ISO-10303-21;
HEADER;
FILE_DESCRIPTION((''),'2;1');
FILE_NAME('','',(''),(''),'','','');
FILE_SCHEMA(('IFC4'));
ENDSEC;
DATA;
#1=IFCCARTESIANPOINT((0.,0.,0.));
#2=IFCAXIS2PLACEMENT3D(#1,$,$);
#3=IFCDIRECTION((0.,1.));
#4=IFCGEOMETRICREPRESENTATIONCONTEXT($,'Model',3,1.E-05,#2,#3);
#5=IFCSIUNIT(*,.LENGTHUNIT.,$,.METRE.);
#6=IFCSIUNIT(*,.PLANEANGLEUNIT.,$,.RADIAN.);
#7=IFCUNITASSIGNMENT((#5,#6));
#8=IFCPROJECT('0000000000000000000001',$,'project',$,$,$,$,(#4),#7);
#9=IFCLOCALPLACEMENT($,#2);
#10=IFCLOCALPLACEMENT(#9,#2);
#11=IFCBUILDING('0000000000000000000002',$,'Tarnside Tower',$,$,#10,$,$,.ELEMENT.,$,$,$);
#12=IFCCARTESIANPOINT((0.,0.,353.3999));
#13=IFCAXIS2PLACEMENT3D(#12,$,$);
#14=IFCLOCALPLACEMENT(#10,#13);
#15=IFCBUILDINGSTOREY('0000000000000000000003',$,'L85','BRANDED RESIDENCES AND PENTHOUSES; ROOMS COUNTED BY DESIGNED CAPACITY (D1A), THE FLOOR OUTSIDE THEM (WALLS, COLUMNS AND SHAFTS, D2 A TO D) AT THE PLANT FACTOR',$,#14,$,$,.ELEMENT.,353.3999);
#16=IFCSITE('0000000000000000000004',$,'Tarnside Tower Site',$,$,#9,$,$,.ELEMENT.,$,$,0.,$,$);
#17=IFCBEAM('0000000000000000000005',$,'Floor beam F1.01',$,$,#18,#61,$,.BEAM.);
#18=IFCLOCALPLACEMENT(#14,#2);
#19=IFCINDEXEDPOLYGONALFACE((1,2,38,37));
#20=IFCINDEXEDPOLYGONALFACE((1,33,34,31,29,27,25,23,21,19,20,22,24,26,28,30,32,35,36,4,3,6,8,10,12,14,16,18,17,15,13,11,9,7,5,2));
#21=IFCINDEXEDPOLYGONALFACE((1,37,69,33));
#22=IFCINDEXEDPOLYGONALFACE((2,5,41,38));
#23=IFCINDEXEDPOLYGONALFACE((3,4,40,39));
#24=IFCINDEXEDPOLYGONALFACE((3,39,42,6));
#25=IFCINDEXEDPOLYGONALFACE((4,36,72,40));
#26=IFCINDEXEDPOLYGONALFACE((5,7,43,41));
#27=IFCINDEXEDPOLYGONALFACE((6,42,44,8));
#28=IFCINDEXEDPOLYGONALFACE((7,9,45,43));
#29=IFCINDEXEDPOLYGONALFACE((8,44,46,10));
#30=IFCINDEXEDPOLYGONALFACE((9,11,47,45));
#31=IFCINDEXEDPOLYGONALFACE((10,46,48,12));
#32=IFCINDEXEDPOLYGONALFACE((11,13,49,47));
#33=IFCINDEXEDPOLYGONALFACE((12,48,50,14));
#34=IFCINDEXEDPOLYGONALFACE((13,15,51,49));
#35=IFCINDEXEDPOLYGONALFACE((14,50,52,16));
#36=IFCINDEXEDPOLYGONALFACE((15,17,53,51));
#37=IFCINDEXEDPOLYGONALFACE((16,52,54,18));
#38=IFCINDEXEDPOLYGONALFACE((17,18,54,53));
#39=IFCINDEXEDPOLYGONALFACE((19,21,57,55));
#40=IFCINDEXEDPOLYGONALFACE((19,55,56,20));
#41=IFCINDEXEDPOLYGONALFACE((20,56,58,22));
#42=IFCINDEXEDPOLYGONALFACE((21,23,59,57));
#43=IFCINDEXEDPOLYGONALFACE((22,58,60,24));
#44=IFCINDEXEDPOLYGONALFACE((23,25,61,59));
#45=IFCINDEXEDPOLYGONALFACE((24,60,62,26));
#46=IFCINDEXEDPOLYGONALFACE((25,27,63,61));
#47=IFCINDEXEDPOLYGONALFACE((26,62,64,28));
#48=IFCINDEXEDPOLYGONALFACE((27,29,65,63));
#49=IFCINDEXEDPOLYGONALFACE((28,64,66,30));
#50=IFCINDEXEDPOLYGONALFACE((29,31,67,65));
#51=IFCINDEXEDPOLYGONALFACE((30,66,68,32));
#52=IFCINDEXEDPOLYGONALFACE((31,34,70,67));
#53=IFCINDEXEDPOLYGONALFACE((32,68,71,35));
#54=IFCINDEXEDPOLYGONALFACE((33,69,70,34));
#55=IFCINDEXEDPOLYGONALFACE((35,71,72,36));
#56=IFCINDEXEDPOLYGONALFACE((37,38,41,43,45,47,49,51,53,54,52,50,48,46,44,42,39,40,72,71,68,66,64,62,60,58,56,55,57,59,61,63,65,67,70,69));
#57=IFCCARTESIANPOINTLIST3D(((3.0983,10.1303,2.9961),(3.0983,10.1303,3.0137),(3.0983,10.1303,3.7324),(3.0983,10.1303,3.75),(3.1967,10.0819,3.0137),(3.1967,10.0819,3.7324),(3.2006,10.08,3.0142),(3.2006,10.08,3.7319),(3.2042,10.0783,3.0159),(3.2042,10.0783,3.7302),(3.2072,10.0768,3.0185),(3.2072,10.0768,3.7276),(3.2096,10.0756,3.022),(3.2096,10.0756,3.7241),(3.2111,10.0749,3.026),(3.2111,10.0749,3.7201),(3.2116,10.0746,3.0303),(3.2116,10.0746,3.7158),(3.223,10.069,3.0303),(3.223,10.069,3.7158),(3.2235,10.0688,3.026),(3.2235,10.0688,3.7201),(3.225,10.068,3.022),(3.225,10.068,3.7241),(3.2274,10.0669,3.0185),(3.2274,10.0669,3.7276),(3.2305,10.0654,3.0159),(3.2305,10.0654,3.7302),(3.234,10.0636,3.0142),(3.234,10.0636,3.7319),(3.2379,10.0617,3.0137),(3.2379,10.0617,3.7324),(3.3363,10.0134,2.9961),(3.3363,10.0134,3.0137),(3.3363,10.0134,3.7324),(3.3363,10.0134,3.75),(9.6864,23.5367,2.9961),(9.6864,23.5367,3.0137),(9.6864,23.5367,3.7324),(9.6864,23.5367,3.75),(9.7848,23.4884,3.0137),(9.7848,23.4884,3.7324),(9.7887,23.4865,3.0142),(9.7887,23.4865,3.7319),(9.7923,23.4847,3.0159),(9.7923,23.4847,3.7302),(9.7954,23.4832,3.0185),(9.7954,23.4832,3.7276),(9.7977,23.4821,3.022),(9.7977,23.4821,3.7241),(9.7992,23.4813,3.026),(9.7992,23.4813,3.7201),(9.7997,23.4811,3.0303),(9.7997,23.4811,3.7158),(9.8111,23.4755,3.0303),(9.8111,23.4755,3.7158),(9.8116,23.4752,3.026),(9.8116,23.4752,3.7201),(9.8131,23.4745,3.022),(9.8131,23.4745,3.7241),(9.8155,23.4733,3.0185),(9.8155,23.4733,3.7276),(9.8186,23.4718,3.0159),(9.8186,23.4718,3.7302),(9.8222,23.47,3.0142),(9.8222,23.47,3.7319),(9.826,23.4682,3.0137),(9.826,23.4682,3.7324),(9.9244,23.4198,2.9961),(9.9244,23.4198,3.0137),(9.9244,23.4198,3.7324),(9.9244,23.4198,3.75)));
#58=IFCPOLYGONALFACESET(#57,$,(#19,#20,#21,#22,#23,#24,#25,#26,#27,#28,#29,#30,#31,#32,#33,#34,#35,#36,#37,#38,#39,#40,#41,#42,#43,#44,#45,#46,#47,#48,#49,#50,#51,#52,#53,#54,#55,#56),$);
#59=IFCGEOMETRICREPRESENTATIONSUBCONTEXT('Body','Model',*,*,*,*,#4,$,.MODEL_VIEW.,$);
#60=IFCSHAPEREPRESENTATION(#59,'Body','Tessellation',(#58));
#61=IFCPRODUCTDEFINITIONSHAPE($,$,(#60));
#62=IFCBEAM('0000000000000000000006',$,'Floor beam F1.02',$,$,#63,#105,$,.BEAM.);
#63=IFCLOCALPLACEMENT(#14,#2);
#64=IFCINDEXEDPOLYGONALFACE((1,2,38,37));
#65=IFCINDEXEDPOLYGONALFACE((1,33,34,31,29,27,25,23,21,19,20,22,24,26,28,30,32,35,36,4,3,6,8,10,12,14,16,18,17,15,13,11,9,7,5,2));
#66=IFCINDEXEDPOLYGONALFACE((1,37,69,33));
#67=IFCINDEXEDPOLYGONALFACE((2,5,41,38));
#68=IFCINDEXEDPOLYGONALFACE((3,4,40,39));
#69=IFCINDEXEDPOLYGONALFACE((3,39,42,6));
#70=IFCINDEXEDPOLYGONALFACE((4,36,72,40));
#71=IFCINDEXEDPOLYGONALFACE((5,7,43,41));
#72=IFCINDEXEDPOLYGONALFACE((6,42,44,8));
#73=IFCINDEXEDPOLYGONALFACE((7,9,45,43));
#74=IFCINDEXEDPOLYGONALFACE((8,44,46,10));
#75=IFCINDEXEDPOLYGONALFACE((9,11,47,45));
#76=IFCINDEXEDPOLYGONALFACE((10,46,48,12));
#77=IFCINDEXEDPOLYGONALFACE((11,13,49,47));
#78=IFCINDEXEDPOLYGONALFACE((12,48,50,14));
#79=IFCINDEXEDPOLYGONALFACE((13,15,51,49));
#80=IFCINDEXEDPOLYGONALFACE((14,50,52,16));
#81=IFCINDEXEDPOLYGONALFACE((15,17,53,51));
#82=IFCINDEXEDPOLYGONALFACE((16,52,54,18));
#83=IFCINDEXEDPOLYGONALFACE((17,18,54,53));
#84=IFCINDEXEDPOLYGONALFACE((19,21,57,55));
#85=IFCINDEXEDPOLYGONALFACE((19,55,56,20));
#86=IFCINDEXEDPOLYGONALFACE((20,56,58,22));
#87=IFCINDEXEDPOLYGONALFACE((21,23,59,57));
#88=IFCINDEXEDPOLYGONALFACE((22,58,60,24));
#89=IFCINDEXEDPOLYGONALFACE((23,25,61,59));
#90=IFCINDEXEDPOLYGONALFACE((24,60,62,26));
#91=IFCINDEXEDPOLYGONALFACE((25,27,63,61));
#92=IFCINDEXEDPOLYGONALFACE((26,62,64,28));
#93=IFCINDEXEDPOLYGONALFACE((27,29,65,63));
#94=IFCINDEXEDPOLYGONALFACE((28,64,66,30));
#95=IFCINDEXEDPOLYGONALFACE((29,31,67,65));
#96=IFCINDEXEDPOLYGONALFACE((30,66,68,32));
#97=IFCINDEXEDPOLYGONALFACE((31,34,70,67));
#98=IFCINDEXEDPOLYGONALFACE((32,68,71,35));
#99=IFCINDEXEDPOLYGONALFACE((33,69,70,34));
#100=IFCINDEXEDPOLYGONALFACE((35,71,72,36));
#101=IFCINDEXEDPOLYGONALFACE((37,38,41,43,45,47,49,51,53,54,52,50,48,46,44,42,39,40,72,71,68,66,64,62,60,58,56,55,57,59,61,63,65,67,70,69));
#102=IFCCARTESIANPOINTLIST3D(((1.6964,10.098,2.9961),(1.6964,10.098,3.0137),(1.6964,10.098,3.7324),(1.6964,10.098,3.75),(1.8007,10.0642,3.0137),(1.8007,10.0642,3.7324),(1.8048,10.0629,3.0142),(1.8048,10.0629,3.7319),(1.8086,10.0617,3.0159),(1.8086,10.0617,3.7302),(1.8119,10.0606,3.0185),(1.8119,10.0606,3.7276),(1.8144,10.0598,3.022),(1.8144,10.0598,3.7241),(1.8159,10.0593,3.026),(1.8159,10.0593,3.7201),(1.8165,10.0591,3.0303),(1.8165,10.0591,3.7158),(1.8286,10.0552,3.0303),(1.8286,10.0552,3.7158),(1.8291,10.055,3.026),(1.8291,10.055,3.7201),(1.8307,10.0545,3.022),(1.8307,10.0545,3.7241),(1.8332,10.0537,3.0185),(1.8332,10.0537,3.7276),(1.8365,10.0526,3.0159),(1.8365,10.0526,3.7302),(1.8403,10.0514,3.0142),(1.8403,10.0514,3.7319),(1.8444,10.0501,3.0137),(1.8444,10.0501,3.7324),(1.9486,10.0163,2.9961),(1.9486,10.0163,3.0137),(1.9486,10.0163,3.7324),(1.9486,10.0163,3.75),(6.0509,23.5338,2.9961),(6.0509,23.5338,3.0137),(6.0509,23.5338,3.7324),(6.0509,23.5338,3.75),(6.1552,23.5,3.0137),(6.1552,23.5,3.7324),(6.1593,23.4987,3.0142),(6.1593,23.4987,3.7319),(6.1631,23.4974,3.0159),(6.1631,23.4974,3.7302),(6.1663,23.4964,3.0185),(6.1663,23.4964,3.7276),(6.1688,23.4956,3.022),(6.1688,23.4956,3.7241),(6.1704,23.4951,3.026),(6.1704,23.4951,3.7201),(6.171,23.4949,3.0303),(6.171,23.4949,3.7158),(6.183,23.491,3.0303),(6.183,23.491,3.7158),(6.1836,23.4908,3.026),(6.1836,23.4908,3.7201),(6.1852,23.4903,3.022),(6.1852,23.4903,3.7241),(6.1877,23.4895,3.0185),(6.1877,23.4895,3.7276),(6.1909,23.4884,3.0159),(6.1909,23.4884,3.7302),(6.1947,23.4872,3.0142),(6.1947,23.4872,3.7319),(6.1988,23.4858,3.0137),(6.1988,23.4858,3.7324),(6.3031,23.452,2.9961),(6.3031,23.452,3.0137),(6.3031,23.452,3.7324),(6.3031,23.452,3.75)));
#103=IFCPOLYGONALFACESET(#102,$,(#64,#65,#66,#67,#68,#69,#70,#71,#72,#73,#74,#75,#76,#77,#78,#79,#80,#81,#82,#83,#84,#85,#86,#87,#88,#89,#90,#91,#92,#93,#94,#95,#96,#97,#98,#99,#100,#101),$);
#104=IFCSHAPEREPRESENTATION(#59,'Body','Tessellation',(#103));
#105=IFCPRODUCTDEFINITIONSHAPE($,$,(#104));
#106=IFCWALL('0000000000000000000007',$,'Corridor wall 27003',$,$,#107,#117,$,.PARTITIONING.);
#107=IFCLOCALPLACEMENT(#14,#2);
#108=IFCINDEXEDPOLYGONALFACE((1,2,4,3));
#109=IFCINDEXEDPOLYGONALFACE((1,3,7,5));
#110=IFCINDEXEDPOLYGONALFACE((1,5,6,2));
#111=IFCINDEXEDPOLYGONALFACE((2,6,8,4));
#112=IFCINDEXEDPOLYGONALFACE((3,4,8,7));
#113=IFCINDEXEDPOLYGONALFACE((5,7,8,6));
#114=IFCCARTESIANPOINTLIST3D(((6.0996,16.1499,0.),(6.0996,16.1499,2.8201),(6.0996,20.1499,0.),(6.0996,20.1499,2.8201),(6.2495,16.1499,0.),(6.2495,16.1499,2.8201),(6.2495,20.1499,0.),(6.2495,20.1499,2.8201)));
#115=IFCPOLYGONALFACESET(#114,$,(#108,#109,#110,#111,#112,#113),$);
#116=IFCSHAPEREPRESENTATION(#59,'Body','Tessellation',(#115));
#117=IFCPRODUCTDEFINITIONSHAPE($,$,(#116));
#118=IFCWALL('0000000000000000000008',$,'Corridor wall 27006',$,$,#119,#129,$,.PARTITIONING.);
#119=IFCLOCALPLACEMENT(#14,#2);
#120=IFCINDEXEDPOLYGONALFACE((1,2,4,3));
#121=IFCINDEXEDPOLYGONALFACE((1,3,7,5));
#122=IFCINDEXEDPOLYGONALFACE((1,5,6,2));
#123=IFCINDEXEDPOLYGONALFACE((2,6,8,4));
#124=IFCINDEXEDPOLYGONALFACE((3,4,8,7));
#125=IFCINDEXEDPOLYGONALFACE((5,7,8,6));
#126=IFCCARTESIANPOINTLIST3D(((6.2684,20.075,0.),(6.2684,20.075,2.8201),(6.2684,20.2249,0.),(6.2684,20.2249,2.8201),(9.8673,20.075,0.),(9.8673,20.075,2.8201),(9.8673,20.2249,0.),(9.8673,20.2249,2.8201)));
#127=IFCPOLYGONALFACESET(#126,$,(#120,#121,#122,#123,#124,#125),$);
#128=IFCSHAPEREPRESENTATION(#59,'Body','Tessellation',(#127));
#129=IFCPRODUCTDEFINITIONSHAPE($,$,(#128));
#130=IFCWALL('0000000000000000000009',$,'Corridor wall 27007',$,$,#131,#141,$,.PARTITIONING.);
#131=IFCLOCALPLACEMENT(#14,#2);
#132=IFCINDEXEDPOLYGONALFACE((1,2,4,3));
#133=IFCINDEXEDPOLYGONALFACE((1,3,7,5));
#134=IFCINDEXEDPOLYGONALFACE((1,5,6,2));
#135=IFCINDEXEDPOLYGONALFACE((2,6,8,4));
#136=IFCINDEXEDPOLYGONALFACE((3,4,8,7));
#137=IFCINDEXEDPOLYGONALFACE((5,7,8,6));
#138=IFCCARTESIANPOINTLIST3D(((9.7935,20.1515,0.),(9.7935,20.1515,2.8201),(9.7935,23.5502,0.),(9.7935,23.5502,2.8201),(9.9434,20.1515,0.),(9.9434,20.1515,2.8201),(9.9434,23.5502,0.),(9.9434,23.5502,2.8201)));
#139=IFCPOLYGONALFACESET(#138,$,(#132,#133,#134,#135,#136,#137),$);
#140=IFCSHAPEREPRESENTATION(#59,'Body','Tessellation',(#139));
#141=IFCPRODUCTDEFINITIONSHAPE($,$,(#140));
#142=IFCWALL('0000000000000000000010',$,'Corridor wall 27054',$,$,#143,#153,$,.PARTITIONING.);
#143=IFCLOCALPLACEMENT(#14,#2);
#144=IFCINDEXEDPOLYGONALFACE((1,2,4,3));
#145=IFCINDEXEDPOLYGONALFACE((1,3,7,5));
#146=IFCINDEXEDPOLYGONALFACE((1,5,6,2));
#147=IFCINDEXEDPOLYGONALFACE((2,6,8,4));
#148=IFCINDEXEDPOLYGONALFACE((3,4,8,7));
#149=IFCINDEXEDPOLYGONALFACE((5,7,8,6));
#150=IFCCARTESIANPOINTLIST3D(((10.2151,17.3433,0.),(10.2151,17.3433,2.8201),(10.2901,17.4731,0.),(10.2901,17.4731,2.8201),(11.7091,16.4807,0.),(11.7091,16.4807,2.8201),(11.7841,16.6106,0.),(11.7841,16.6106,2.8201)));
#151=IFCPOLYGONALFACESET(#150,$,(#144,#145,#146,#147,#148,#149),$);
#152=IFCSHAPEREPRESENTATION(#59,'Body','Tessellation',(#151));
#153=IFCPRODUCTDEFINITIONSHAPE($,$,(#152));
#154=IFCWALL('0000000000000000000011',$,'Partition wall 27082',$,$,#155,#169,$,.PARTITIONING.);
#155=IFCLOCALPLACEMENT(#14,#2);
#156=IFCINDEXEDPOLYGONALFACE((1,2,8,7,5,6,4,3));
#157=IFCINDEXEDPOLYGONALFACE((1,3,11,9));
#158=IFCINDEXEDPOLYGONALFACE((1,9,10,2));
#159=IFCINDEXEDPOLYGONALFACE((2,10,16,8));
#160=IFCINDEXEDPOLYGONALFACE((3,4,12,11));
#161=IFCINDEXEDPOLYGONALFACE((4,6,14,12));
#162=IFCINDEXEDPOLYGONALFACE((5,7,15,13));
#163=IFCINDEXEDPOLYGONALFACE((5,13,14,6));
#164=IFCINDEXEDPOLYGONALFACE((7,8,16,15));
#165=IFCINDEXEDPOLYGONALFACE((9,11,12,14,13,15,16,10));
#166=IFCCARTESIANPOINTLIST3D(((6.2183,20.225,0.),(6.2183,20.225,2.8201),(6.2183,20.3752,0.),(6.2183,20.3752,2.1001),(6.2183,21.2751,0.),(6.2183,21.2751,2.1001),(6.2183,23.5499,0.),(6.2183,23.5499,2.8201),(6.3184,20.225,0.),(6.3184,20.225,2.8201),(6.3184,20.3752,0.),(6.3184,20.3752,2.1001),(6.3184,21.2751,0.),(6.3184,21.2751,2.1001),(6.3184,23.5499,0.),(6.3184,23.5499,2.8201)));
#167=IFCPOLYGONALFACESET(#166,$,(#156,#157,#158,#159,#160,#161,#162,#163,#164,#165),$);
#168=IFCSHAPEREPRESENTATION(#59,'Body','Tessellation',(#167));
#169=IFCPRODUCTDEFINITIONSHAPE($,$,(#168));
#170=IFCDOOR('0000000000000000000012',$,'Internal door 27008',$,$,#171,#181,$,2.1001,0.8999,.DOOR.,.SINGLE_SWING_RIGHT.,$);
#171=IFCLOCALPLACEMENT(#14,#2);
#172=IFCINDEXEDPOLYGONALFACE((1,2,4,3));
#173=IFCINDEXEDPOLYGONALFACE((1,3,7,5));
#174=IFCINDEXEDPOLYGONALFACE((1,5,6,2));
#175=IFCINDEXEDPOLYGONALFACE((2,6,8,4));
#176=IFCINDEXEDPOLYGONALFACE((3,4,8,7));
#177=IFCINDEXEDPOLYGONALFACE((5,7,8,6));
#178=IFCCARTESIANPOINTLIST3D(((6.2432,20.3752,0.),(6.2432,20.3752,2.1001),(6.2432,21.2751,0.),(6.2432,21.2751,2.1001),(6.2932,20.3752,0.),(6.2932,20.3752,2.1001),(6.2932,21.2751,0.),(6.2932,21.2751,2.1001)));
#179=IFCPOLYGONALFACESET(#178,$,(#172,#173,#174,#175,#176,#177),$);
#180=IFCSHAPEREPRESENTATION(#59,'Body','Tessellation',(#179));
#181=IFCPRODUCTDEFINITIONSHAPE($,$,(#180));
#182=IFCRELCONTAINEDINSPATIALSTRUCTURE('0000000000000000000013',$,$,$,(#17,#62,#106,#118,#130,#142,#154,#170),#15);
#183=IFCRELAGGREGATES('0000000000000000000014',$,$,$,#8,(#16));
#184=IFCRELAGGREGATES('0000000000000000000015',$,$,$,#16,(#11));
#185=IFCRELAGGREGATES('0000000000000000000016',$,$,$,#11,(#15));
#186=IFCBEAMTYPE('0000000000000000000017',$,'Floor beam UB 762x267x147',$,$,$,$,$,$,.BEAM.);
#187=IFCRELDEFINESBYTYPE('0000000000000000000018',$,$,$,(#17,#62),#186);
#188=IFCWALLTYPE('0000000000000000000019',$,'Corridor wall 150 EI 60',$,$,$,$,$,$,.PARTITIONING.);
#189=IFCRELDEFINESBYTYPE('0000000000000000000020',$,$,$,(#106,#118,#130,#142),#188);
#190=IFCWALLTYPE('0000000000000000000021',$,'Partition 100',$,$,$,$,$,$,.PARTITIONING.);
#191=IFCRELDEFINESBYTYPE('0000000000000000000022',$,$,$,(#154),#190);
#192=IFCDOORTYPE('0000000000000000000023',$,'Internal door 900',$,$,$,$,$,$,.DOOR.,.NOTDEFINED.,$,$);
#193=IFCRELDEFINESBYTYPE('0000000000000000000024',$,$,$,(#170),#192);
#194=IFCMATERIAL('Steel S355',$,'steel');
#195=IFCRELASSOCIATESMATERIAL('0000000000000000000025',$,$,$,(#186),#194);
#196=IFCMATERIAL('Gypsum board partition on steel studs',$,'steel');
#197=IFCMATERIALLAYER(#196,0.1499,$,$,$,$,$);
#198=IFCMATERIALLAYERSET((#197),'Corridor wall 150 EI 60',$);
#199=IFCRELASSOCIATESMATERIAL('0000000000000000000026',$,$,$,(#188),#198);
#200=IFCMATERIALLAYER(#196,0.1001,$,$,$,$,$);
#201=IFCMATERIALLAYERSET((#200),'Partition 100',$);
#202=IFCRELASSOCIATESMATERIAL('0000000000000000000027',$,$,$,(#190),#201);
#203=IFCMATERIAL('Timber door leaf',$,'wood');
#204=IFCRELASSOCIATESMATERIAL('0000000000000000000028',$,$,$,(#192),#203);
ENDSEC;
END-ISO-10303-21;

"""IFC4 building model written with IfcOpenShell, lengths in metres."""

from ifc_helpers import new_model, si_unit, direction, frame, frame_2d, origin, origin_2d, place, context, subcontext, project, spatial, rectangle, i_section, extrude, material, layer, layer_set, material_profile, profile_set, type_object, element, fill, save


model = new_model("IFC4")

# Units and contexts
model_context = context("Model", 3, precision=1e-05, world=origin(), true_north=direction((0.0, 1.0)))
body_context = subcontext(model_context, "Body", "Model", "MODEL_VIEW")
ifc_project = project(units=[si_unit("LENGTHUNIT", "METRE"), si_unit("PLANEANGLEUNIT", "RADIAN")], contexts=[model_context])

# Site, building, storey
site_placement = place(None, origin())
site = spatial("IfcSite", under=ifc_project, at=site_placement, Name="Tarnside Tower Site", CompositionType="ELEMENT", RefElevation=0.0)
building_placement = place(site_placement, origin())
building = spatial("IfcBuilding", under=site, at=building_placement, Name="Tarnside Tower", CompositionType="ELEMENT")
storey_placement = place(building_placement, frame((0.0, 0.0, 353.3999)))
storey = spatial("IfcBuildingStorey", under=building, at=storey_placement, Name="L85", Description="BRANDED RESIDENCES AND PENTHOUSES; ROOMS COUNTED BY DESIGNED CAPACITY (D1A), THE FLOOR OUTSIDE THEM (WALLS, COLUMNS AND SHAFTS, D2 A TO D) AT THE PLANT FACTOR", CompositionType="ELEMENT", Elevation=353.3999)

# Beams
ifc_material_1 = material(Name="Steel S355", Category="steel")
ifc_material_profile = material_profile(ifc_material_1, i_section(OverallWidth=0.2651, OverallDepth=0.7539, WebThickness=0.0127, FlangeThickness=0.0176, FilletRadius=0.0166, at=origin_2d()), Name="UB 762x267x147")
ifc_profile_set = profile_set([ifc_material_profile], Name="Steel S355")
beam_type = type_object("IfcBeamType", Name="Floor beam UB 762x267x147", PredefinedType="BEAM", material=ifc_profile_set)
beam_1_placement = place(storey_placement, frame((9.8054, 23.4783, 3.373), z_axis=(-0.441038, -0.897488, 0.0), x_axis=(0.897488, -0.441038, 0.0)))
element("IfcBeam", 1, at=beam_1_placement, inside=storey, type_object=beam_type, Name="Floor beam F1.01", PredefinedType="BEAM", context=body_context, shape_type="SweptSolid", body=[
    extrude(i_section(OverallWidth=0.2651, OverallDepth=0.7539, WebThickness=0.0127, FlangeThickness=0.0176, FilletRadius=0.0166, at=origin_2d()), origin(), (0.0, 0.0, 1.0), 14.9377),
])
beam_2_placement = place(storey_placement, frame((6.177, 23.4929, 3.373), z_axis=(-0.308309, -0.951286, 0.0), x_axis=(0.951286, -0.308309, 0.0)))
element("IfcBeam", 2, at=beam_2_placement, inside=storey, type_object=beam_type, Name="Floor beam F1.02", PredefinedType="BEAM", context=body_context, shape_type="SweptSolid", body=[
    extrude(i_section(OverallWidth=0.2651, OverallDepth=0.7539, WebThickness=0.0127, FlangeThickness=0.0176, FilletRadius=0.0166, at=origin_2d()), origin(), (0.0, 0.0, 1.0), 14.1238),
])

# Walls
ifc_material_2 = material(Name="Gypsum board partition on steel studs", Category="steel")
ifc_layer_1 = layer(ifc_material_2, 0.1499)
ifc_layer_set_1 = layer_set([ifc_layer_1], Name="Corridor wall 150 EI 60")
wall_type_1 = type_object("IfcWallType", Name="Corridor wall 150 EI 60", PredefinedType="PARTITIONING", material=ifc_layer_set_1)
wall_1_placement = place(storey_placement, frame((6.1746, 20.1499, 0.0), z_axis=(0.0, 0.0, 1.0), x_axis=(0.0, -1.0, 0.0)))
element("IfcWall", 3, at=wall_1_placement, inside=storey, type_object=wall_type_1, Name="Corridor wall 27003", PredefinedType="PARTITIONING", context=body_context, shape_type="SweptSolid", body=[
    extrude(rectangle(XDim=4.0, YDim=0.1499, at=frame_2d((2.0, 0.0))), origin(), (0.0, 0.0, 1.0), 2.8201),
])
wall_2_placement = place(storey_placement, frame((9.8672, 20.1499, 0.0), z_axis=(0.0, 0.0, 1.0), x_axis=(-1.0, 0.0, 0.0)))
element("IfcWall", 4, at=wall_2_placement, inside=storey, type_object=wall_type_1, Name="Corridor wall 27006", PredefinedType="PARTITIONING", context=body_context, shape_type="SweptSolid", body=[
    extrude(rectangle(XDim=3.5989, YDim=0.1499, at=frame_2d((1.7993, 0.0))), origin(), (0.0, 0.0, 1.0), 2.8201),
])
wall_3_placement = place(storey_placement, frame((9.8684, 23.55, 0.0), z_axis=(0.0, 0.0, 1.0), x_axis=(0.0, -1.0, 0.0)))
element("IfcWall", 5, at=wall_3_placement, inside=storey, type_object=wall_type_1, Name="Corridor wall 27007", PredefinedType="PARTITIONING", context=body_context, shape_type="SweptSolid", body=[
    extrude(rectangle(XDim=3.3987, YDim=0.1499, at=frame_2d((1.6992, 0.0))), origin(), (0.0, 0.0, 1.0), 2.8201),
])
wall_4_placement = place(storey_placement, frame((11.7466, 16.5457, 0.0), z_axis=(0.0, 0.0, 1.0), x_axis=(-0.866014, 0.500021, 0.0)))
element("IfcWall", 6, at=wall_4_placement, inside=storey, type_object=wall_type_1, Name="Corridor wall 27054", PredefinedType="PARTITIONING", context=body_context, shape_type="SweptSolid", body=[
    extrude(rectangle(XDim=1.7251, YDim=0.1499, at=frame_2d((0.8625, 0.0))), origin(), (0.0, 0.0, 1.0), 2.8201),
])

# Wall, opening, door
ifc_layer_2 = layer(ifc_material_2, 0.1001)
ifc_layer_set_2 = layer_set([ifc_layer_2], Name="Partition 100")
wall_type_2 = type_object("IfcWallType", Name="Partition 100", PredefinedType="PARTITIONING", material=ifc_layer_set_2)
wall_5_placement = place(storey_placement, frame((6.2683, 23.55, 0.0), z_axis=(0.0, 0.0, 1.0), x_axis=(0.0, -1.0, 0.0)))
wall_5 = element("IfcWall", 7, at=wall_5_placement, inside=storey, type_object=wall_type_2, Name="Partition wall 27082", PredefinedType="PARTITIONING", context=body_context, shape_type="SweptSolid", body=[
    extrude(rectangle(XDim=3.325, YDim=0.1001, at=frame_2d((1.6626, 0.0))), origin(), (0.0, 0.0, 1.0), 2.8201),
])
opening_1_placement = place(wall_5_placement, frame((2.2749, 0.0, 0.0)))
opening_1 = element("IfcOpeningElement", 8, at=opening_1_placement, cuts=wall_5, PredefinedType="OPENING", context=body_context, shape_type="SweptSolid", body=[
    extrude(rectangle(XDim=0.8999, YDim=2.1001, at=frame_2d((0.45, 1.05))), frame((0.0, 0.0601, 0.0), z_axis=(0.0, -1.0, 0.0), x_axis=(1.0, 0.0, 0.0)), (0.0, 0.0, 1.0), 0.1201),
])
ifc_material_3 = material(Name="Timber door leaf", Category="wood")
door_type = type_object("IfcDoorType", Name="Internal door 900", OperationType="NOTDEFINED", PredefinedType="DOOR", material=ifc_material_3)
door_placement = place(opening_1_placement, origin())
door = element("IfcDoor", 9, at=door_placement, inside=storey, type_object=door_type, Name="Internal door 27008", OperationType="SINGLE_SWING_RIGHT", OverallHeight=2.1001, OverallWidth=0.8999, PredefinedType="DOOR", context=body_context, shape_type="SweptSolid", body=[
    extrude(rectangle(XDim=0.8999, YDim=2.1001, at=frame_2d((0.45, 1.05))), frame((0.0, 0.0249, 0.0), z_axis=(0.0, -1.0, 0.0), x_axis=(1.0, 0.0, 0.0)), (0.0, 0.0, 1.0), 0.05),
])
fill(opening_1, door)

save(model, "model.ifc")
